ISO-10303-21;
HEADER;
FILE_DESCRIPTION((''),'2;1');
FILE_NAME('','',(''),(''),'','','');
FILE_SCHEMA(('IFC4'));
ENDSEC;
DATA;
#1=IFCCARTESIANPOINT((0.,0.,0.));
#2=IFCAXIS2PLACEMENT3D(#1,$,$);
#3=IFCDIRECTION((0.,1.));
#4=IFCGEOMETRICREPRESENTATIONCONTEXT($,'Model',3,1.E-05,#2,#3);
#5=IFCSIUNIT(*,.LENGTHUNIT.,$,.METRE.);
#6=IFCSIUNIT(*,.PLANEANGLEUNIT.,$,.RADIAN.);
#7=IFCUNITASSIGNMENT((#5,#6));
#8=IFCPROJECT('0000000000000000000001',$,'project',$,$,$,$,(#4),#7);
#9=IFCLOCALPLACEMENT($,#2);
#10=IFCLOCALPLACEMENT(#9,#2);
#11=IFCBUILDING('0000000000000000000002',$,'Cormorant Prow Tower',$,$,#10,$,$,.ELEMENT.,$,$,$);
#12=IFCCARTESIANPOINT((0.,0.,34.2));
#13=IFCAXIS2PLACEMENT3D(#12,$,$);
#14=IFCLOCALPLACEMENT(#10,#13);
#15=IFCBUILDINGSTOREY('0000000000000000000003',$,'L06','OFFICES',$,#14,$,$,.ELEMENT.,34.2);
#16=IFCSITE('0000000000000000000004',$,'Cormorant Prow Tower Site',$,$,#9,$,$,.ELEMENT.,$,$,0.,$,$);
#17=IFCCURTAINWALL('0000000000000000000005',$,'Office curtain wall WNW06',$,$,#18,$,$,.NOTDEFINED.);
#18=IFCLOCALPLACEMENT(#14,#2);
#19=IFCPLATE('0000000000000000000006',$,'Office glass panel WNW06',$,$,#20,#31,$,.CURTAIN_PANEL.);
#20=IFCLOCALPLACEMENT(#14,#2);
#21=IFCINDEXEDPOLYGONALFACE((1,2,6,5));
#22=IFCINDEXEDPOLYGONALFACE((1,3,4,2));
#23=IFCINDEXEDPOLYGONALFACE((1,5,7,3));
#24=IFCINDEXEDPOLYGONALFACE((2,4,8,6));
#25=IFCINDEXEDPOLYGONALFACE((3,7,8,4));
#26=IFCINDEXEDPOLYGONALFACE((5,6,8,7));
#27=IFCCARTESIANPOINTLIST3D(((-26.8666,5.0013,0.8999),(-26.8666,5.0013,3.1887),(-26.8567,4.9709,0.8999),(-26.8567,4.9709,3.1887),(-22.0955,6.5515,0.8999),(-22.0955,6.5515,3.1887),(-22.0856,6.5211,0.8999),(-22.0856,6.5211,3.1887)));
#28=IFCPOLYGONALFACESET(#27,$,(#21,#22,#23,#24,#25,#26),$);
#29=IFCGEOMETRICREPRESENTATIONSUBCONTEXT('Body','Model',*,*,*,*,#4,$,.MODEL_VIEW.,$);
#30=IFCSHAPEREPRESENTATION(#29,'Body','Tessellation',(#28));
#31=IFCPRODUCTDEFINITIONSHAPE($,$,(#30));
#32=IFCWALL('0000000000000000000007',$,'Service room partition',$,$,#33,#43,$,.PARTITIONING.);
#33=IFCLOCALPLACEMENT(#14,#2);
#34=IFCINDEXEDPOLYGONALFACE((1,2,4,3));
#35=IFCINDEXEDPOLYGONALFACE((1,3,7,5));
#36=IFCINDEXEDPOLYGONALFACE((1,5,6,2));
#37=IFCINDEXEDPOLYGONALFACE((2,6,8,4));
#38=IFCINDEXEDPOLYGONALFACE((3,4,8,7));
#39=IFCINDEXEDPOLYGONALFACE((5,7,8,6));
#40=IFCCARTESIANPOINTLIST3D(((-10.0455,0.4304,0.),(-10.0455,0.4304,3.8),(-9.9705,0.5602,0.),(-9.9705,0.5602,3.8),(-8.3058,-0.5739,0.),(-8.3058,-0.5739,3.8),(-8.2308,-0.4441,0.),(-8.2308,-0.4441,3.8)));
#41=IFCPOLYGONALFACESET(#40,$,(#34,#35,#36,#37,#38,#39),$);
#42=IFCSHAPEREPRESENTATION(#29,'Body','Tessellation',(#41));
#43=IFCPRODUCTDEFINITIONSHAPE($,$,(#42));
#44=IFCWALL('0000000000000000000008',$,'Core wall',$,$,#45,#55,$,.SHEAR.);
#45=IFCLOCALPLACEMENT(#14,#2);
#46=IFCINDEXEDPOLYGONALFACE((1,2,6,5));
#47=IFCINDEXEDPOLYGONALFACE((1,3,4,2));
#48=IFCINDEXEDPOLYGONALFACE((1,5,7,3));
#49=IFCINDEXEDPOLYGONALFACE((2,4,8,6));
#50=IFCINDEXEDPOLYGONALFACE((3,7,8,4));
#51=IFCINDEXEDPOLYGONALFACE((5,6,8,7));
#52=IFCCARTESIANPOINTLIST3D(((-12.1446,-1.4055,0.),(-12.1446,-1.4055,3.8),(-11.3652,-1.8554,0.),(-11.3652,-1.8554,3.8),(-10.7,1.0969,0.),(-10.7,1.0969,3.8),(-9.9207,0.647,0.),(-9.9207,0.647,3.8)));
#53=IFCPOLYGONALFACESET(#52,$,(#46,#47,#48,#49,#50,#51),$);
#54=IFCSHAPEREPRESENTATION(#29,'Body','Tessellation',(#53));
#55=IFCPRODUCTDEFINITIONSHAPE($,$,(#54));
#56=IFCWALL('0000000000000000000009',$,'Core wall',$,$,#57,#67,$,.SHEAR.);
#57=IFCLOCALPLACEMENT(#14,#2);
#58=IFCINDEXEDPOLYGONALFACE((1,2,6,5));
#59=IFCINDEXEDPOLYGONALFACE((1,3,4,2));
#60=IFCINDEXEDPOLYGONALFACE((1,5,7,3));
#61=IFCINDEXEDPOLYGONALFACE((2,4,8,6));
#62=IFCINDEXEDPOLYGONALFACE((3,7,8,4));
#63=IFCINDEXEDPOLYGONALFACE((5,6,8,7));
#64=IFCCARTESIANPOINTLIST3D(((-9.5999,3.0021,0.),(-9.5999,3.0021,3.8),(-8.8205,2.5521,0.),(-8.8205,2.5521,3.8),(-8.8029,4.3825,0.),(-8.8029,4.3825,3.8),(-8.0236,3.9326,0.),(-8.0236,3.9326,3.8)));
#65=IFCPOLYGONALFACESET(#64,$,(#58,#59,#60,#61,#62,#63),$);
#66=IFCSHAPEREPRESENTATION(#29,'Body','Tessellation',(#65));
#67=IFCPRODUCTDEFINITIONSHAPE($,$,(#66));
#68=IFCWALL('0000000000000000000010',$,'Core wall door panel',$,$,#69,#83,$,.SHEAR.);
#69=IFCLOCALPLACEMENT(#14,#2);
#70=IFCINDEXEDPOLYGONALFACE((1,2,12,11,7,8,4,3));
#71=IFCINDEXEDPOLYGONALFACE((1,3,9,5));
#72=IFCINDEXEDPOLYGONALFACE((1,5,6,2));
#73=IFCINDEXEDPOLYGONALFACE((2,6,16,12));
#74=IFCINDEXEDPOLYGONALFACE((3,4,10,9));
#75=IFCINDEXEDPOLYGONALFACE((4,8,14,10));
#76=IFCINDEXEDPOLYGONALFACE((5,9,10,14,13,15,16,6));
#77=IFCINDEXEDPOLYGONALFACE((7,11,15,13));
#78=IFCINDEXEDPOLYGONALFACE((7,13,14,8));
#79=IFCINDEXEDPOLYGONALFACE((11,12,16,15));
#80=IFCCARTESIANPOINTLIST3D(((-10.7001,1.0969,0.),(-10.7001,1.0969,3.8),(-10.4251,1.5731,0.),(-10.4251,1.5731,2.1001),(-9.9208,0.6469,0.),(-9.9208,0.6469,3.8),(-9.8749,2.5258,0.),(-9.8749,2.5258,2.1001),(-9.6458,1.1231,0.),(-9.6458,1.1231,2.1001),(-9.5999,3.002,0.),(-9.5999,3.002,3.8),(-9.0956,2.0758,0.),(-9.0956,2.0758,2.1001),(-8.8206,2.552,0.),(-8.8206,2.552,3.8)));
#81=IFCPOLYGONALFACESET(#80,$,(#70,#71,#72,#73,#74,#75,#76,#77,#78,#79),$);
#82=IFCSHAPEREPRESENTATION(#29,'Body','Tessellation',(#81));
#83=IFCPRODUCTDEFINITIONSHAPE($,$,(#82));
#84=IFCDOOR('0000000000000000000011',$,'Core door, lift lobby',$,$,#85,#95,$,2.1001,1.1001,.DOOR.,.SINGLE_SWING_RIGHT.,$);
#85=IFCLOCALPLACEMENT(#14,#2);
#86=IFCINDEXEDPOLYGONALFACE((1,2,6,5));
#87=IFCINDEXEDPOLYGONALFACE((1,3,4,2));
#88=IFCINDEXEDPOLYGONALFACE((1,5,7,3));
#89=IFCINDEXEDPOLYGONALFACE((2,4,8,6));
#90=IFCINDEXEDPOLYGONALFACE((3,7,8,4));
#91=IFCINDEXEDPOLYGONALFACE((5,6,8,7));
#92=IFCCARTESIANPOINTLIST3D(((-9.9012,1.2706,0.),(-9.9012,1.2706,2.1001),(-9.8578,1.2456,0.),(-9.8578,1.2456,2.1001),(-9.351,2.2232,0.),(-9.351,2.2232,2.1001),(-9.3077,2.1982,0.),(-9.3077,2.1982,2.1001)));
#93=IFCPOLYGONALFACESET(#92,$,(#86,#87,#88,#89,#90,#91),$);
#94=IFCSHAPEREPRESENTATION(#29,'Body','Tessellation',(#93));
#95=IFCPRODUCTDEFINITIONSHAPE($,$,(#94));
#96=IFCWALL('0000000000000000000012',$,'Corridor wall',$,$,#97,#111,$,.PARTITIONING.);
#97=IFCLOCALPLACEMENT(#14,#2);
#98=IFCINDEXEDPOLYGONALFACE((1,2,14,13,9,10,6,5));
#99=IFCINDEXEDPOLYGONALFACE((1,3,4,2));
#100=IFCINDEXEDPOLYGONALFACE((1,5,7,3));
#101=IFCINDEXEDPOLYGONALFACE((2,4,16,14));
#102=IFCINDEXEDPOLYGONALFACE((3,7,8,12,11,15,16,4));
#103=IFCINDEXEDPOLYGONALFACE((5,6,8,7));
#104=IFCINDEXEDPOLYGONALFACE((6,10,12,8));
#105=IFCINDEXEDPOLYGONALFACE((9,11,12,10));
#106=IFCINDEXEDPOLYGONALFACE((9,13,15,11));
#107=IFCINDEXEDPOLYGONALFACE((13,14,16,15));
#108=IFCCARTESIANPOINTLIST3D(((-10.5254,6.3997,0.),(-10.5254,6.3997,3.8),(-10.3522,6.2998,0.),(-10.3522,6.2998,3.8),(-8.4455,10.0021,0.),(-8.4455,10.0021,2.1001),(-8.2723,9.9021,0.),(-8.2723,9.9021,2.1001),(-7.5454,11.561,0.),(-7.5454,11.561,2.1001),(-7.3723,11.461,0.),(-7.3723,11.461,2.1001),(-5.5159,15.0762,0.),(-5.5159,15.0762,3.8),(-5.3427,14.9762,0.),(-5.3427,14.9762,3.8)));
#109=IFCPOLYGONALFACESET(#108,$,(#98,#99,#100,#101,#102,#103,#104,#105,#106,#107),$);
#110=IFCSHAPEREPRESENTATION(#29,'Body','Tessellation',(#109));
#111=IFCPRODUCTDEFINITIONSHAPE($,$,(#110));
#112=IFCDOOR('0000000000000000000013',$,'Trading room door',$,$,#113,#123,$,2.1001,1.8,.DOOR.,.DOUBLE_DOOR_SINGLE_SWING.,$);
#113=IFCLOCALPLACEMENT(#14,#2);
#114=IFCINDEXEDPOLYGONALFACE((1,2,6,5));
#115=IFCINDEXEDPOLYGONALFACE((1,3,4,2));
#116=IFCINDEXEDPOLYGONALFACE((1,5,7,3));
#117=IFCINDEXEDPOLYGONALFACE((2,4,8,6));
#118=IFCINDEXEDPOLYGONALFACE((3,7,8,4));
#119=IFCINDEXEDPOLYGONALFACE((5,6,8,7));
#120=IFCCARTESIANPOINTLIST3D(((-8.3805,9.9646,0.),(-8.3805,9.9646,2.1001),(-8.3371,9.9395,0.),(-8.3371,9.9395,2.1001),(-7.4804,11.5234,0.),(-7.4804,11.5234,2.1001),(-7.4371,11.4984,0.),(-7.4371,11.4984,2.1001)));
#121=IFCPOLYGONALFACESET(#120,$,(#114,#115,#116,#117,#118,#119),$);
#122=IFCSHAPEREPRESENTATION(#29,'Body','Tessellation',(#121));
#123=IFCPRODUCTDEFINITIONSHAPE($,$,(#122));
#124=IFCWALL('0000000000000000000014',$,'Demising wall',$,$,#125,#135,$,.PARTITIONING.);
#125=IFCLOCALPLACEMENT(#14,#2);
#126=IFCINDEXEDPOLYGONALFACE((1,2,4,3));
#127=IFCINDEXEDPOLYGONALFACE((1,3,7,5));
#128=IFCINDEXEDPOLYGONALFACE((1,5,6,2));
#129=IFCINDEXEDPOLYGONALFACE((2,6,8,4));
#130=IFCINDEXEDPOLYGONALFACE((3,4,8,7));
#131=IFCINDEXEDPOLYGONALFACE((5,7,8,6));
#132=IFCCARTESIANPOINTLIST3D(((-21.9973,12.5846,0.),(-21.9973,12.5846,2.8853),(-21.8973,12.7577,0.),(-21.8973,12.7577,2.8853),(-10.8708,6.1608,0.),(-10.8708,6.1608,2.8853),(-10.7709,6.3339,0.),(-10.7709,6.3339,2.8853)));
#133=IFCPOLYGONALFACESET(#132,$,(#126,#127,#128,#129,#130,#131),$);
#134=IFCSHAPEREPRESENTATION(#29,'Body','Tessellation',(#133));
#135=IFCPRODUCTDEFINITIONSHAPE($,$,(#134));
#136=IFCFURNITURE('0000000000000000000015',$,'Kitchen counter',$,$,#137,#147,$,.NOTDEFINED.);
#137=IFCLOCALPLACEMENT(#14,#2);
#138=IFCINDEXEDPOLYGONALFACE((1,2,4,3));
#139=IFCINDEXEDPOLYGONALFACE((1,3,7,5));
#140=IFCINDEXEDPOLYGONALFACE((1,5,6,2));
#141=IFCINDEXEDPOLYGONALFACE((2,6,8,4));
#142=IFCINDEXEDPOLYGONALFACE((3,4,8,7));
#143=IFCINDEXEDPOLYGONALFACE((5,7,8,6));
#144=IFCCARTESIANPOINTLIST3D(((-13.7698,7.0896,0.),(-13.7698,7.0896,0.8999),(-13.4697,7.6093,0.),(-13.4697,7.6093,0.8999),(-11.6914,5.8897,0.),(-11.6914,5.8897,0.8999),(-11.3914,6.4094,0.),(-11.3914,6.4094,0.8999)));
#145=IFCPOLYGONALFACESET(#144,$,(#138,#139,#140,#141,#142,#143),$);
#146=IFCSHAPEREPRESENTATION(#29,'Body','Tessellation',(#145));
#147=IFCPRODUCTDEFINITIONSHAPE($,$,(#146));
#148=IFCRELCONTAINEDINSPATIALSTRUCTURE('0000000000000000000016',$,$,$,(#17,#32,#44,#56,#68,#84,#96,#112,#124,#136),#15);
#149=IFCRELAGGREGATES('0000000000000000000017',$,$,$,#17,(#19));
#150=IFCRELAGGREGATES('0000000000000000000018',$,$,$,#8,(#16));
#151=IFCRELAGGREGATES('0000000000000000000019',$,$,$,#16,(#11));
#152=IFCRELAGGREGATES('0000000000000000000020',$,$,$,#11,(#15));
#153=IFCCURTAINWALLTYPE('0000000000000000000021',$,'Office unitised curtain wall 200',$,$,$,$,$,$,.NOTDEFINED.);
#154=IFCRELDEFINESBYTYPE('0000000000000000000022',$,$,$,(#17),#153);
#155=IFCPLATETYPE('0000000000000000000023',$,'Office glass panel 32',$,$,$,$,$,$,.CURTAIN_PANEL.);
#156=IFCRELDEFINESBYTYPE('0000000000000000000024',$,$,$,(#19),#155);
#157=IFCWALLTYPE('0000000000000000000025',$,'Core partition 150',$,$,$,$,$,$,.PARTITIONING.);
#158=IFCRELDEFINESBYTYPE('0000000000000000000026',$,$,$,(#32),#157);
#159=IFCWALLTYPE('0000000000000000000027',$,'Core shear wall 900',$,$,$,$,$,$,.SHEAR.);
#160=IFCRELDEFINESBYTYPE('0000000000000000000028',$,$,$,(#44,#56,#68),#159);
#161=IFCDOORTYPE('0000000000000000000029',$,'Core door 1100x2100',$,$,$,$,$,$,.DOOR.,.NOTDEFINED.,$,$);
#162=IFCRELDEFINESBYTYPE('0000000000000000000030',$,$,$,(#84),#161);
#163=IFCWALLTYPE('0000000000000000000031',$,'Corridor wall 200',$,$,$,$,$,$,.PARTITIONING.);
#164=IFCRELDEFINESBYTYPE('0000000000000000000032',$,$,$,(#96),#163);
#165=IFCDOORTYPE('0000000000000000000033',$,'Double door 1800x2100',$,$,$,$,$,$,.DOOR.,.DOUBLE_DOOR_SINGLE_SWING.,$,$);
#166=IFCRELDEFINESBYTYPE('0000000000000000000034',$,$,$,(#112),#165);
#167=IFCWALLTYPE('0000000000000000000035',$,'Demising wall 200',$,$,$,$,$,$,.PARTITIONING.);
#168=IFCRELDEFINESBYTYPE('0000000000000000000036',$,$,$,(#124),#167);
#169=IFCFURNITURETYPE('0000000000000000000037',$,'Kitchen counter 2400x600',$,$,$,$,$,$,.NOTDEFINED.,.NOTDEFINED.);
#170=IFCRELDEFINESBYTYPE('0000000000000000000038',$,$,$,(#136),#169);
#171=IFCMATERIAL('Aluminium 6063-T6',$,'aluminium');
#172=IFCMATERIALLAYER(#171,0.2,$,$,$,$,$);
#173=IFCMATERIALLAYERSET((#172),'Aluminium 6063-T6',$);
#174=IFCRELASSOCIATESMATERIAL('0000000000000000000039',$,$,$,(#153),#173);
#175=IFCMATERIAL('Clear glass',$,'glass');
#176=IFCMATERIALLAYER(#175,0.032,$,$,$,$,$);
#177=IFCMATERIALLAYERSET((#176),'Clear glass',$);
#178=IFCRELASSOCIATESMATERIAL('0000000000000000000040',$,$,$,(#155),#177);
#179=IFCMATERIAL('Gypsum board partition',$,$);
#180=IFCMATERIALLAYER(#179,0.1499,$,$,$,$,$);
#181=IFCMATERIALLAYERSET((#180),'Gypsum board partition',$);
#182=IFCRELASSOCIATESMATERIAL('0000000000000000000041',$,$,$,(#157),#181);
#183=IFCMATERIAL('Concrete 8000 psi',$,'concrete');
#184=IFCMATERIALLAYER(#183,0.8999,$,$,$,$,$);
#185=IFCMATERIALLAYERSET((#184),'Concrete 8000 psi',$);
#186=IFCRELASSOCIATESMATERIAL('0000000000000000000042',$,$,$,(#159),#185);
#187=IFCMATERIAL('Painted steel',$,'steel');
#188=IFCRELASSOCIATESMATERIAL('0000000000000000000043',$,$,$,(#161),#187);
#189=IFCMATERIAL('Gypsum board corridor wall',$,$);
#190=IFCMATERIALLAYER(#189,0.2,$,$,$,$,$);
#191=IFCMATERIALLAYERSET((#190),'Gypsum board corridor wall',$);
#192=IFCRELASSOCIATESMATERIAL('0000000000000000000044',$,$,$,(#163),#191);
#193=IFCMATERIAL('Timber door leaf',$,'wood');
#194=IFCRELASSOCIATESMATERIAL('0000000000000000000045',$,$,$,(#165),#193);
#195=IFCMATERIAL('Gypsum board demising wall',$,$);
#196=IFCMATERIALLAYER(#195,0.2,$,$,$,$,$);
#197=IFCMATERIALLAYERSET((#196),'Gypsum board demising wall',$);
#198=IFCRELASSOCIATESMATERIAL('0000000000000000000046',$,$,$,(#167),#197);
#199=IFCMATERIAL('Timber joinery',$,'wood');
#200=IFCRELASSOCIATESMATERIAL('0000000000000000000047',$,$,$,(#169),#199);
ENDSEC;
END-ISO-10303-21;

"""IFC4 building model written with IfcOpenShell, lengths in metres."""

from ifc_helpers import new_model, si_unit, direction, frame, frame_2d, origin, origin_2d, place, context, subcontext, project, spatial, rectangle, extrude, material, layer, layer_set, type_object, element, fill, aggregate, save


model = new_model("IFC4")

# Units and contexts
model_context = context("Model", 3, precision=1e-05, world=origin(), true_north=direction((0.0, 1.0)))
body_context = subcontext(model_context, "Body", "Model", "MODEL_VIEW")
ifc_project = project(units=[si_unit("LENGTHUNIT", "METRE"), si_unit("PLANEANGLEUNIT", "RADIAN")], contexts=[model_context])

# Site, building, storey
site_placement = place(None, origin())
site = spatial("IfcSite", under=ifc_project, at=site_placement, Name="Cormorant Prow Tower Site", CompositionType="ELEMENT", RefElevation=0.0)
building_placement = place(site_placement, origin())
building = spatial("IfcBuilding", under=site, at=building_placement, Name="Cormorant Prow Tower", CompositionType="ELEMENT")
storey_placement = place(building_placement, frame((0.0, 0.0, 34.2)))
storey = spatial("IfcBuildingStorey", under=building, at=storey_placement, Name="L06", Description="OFFICES", CompositionType="ELEMENT", Elevation=34.2)

# Curtain wall
ifc_material_1 = material(Name="Aluminium 6063-T6", Category="aluminium")
ifc_layer_1 = layer(ifc_material_1, 0.2)
ifc_layer_set_1 = layer_set([ifc_layer_1], Name="Aluminium 6063-T6")
curtain_wall_type = type_object("IfcCurtainWallType", Name="Office unitised curtain wall 200", PredefinedType="NOTDEFINED", material=ifc_layer_set_1)
curtain_wall_placement = place(storey_placement, origin())
curtain_wall = element("IfcCurtainWall", 1, at=curtain_wall_placement, inside=storey, type_object=curtain_wall_type, Name="Office curtain wall WNW06", PredefinedType="NOTDEFINED")

# Plate
ifc_material_2 = material(Name="Clear glass", Category="glass")
ifc_layer_2 = layer(ifc_material_2, 0.032)
ifc_layer_set_2 = layer_set([ifc_layer_2], Name="Clear glass")
plate_type = type_object("IfcPlateType", Name="Office glass panel 32", PredefinedType="CURTAIN_PANEL", material=ifc_layer_set_2)
plate_placement = place(storey_placement, frame((-24.4761, 5.7612, 0.8999), z_axis=(0.0, 0.0, 1.0), x_axis=(-0.951057, -0.309017, 0.0)))
plate = element("IfcPlate", 2, at=plate_placement, type_object=plate_type, Name="Office glass panel WNW06", PredefinedType="CURTAIN_PANEL", context=body_context, shape_type="SweptSolid", body=[
    extrude(rectangle(XDim=5.0166, YDim=0.032, at=origin_2d()), origin(), (0.0, 0.0, 1.0), 2.2888),
])
aggregate(curtain_wall, [plate])

# Walls
ifc_material_3 = material(Name="Gypsum board partition")
ifc_layer_3 = layer(ifc_material_3, 0.1499)
ifc_layer_set_3 = layer_set([ifc_layer_3], Name="Gypsum board partition")
wall_type_1 = type_object("IfcWallType", Name="Core partition 150", PredefinedType="PARTITIONING", material=ifc_layer_set_3)
wall_1_placement = place(storey_placement, frame((-8.2683, -0.509, 0.0), z_axis=(0.0, 0.0, 1.0), x_axis=(-0.866036, 0.499982, 0.0)))
element("IfcWall", 3, at=wall_1_placement, inside=storey, type_object=wall_type_1, Name="Service room partition", PredefinedType="PARTITIONING", context=body_context, shape_type="SweptSolid", body=[
    extrude(rectangle(XDim=2.0088, YDim=0.1499, at=frame_2d((1.0044, 0.0))), origin(), (0.0, 0.0, 1.0), 3.8),
])
ifc_material_4 = material(Name="Concrete 8000 psi", Category="concrete")
ifc_layer_4 = layer(ifc_material_4, 0.8999)
ifc_layer_set_4 = layer_set([ifc_layer_4], Name="Concrete 8000 psi")
wall_type_2 = type_object("IfcWallType", Name="Core shear wall 900", PredefinedType="SHEAR", material=ifc_layer_set_4)
wall_2_placement = place(storey_placement, frame((-10.3103, 0.8721, 0.0), z_axis=(0.0, 0.0, 1.0), x_axis=(-0.499947, -0.866056, 0.0)))
element("IfcWall", 4, at=wall_2_placement, inside=storey, type_object=wall_type_2, Name="Core wall", PredefinedType="SHEAR", context=body_context, shape_type="SweptSolid", body=[
    extrude(rectangle(XDim=2.8894, YDim=0.8999, at=frame_2d((1.4448, 0.0))), origin(), (0.0, 0.0, 1.0), 3.8),
])
wall_3_placement = place(storey_placement, frame((-8.4133, 4.1575, 0.0), z_axis=(0.0, 0.0, 1.0), x_axis=(-0.499961, -0.866048, 0.0)))
element("IfcWall", 5, at=wall_3_placement, inside=storey, type_object=wall_type_2, Name="Core wall", PredefinedType="SHEAR", context=body_context, shape_type="SweptSolid", body=[
    extrude(rectangle(XDim=1.594, YDim=0.8999, at=frame_2d((0.7969, 0.0))), origin(), (0.0, 0.0, 1.0), 3.8),
])

# Walls, openings, doors
wall_4_placement = place(storey_placement, frame((-9.2102, 2.7771, 0.0), z_axis=(0.0, 0.0, 1.0), x_axis=(-0.500078, -0.86598, 0.0)))
wall_4 = element("IfcWall", 6, at=wall_4_placement, inside=storey, type_object=wall_type_2, Name="Core wall door panel", PredefinedType="SHEAR", context=body_context, shape_type="SweptSolid", body=[
    extrude(rectangle(XDim=2.2, YDim=0.8999, at=frame_2d((1.1001, 0.0))), origin(), (0.0, 0.0, 1.0), 3.8),
])
opening_1_placement = place(wall_4_placement, frame((0.55, 0.0, 0.0)))
opening_1 = element("IfcOpeningElement", 7, at=opening_1_placement, cuts=wall_4, PredefinedType="OPENING", context=body_context, shape_type="SweptSolid", body=[
    extrude(rectangle(XDim=1.1001, YDim=2.1001, at=frame_2d((0.55, 1.05))), frame((0.0, 0.46, 0.0), z_axis=(0.0, -1.0, 0.0), x_axis=(1.0, 0.0, 0.0)), (0.0, 0.0, 1.0), 0.9199),
])
ifc_material_5 = material(Name="Painted steel", Category="steel")
door_type_1 = type_object("IfcDoorType", Name="Core door 1100x2100", OperationType="NOTDEFINED", PredefinedType="DOOR", material=ifc_material_5)
door_1_placement = place(opening_1_placement, origin())
door_1 = element("IfcDoor", 8, at=door_1_placement, inside=storey, type_object=door_type_1, Name="Core door, lift lobby", OperationType="SINGLE_SWING_RIGHT", OverallHeight=2.1001, OverallWidth=1.1001, PredefinedType="DOOR", context=body_context, shape_type="SweptSolid", body=[
    extrude(rectangle(XDim=1.1001, YDim=2.1001, at=frame_2d((0.55, 1.05))), frame((0.0, 0.2051, 0.0), z_axis=(0.0, -1.0, 0.0), x_axis=(1.0, 0.0, 0.0)), (0.0, 0.0, 1.0), 0.05),
])
fill(opening_1, door_1)
ifc_material_6 = material(Name="Gypsum board corridor wall")
ifc_layer_5 = layer(ifc_material_6, 0.2)
ifc_layer_set_5 = layer_set([ifc_layer_5], Name="Gypsum board corridor wall")
wall_type_3 = type_object("IfcWallType", Name="Corridor wall 200", PredefinedType="PARTITIONING", material=ifc_layer_set_5)
wall_5_placement = place(storey_placement, frame((-10.4387, 6.3499, 0.0), z_axis=(0.0, 0.0, 1.0), x_axis=(0.50001, 0.86602, 0.0)))
wall_5 = element("IfcWall", 9, at=wall_5_placement, inside=storey, type_object=wall_type_3, Name="Corridor wall", PredefinedType="PARTITIONING", context=body_context, shape_type="SweptSolid", body=[
    extrude(rectangle(XDim=10.0188, YDim=0.2, at=frame_2d((5.0093, 0.0))), origin(), (0.0, 0.0, 1.0), 3.8),
])
opening_2_placement = place(wall_5_placement, frame((4.1597, 0.0, 0.0)))
opening_2 = element("IfcOpeningElement", 10, at=opening_2_placement, cuts=wall_5, PredefinedType="OPENING", context=body_context, shape_type="SweptSolid", body=[
    extrude(rectangle(XDim=1.8, YDim=2.1001, at=frame_2d((0.8999, 1.05))), frame((0.0, 0.1099, 0.0), z_axis=(0.0, -1.0, 0.0), x_axis=(1.0, 0.0, 0.0)), (0.0, 0.0, 1.0), 0.22),
])
ifc_material_7 = material(Name="Timber door leaf", Category="wood")
door_type_2 = type_object("IfcDoorType", Name="Double door 1800x2100", OperationType="DOUBLE_DOOR_SINGLE_SWING", PredefinedType="DOOR", material=ifc_material_7)
door_2_placement = place(opening_2_placement, origin())
door_2 = element("IfcDoor", 11, at=door_2_placement, inside=storey, type_object=door_type_2, Name="Trading room door", OperationType="DOUBLE_DOOR_SINGLE_SWING", OverallHeight=2.1001, OverallWidth=1.8, PredefinedType="DOOR", context=body_context, shape_type="SweptSolid", body=[
    extrude(rectangle(XDim=1.8, YDim=2.1001, at=frame_2d((0.8999, 1.05))), frame((0.0, 0.0249, 0.0), z_axis=(0.0, -1.0, 0.0), x_axis=(1.0, 0.0, 0.0)), (0.0, 0.0, 1.0), 0.05),
])
fill(opening_2, door_2)

# Wall
ifc_material_8 = material(Name="Gypsum board demising wall")
ifc_layer_6 = layer(ifc_material_8, 0.2)
ifc_layer_set_6 = layer_set([ifc_layer_6], Name="Gypsum board demising wall")
wall_type_4 = type_object("IfcWallType", Name="Demising wall 200", PredefinedType="PARTITIONING", material=ifc_layer_set_6)
wall_6_placement = place(storey_placement, frame((-21.9473, 12.6711, 0.0), z_axis=(0.0, 0.0, 1.0), x_axis=(0.866027, -0.499998, 0.0)))
element("IfcWall", 12, at=wall_6_placement, inside=storey, type_object=wall_type_4, Name="Demising wall", PredefinedType="PARTITIONING", context=body_context, shape_type="SweptSolid", body=[
    extrude(rectangle(XDim=12.8477, YDim=0.2, at=frame_2d((6.4238, 0.0))), origin(), (0.0, 0.0, 1.0), 2.8853),
])

# Furniture
ifc_material_9 = material(Name="Timber joinery", Category="wood")
furniture_type = type_object("IfcFurnitureType", Name="Kitchen counter 2400x600", AssemblyPlace="NOTDEFINED", PredefinedType="NOTDEFINED", material=ifc_material_9)
furniture_placement = place(storey_placement, frame((-12.5806, 6.7495, 0.0), z_axis=(0.0, 0.0, 1.0), x_axis=(0.866025, -0.5, 0.0)))
element("IfcFurniture", 13, at=furniture_placement, inside=storey, type_object=furniture_type, Name="Kitchen counter", PredefinedType="NOTDEFINED", context=body_context, shape_type="SweptSolid", body=[
    extrude(rectangle(XDim=2.3999, YDim=0.6001, at=origin_2d()), origin(), (0.0, 0.0, 1.0), 0.8999),
])

save(model, "model.ifc")
